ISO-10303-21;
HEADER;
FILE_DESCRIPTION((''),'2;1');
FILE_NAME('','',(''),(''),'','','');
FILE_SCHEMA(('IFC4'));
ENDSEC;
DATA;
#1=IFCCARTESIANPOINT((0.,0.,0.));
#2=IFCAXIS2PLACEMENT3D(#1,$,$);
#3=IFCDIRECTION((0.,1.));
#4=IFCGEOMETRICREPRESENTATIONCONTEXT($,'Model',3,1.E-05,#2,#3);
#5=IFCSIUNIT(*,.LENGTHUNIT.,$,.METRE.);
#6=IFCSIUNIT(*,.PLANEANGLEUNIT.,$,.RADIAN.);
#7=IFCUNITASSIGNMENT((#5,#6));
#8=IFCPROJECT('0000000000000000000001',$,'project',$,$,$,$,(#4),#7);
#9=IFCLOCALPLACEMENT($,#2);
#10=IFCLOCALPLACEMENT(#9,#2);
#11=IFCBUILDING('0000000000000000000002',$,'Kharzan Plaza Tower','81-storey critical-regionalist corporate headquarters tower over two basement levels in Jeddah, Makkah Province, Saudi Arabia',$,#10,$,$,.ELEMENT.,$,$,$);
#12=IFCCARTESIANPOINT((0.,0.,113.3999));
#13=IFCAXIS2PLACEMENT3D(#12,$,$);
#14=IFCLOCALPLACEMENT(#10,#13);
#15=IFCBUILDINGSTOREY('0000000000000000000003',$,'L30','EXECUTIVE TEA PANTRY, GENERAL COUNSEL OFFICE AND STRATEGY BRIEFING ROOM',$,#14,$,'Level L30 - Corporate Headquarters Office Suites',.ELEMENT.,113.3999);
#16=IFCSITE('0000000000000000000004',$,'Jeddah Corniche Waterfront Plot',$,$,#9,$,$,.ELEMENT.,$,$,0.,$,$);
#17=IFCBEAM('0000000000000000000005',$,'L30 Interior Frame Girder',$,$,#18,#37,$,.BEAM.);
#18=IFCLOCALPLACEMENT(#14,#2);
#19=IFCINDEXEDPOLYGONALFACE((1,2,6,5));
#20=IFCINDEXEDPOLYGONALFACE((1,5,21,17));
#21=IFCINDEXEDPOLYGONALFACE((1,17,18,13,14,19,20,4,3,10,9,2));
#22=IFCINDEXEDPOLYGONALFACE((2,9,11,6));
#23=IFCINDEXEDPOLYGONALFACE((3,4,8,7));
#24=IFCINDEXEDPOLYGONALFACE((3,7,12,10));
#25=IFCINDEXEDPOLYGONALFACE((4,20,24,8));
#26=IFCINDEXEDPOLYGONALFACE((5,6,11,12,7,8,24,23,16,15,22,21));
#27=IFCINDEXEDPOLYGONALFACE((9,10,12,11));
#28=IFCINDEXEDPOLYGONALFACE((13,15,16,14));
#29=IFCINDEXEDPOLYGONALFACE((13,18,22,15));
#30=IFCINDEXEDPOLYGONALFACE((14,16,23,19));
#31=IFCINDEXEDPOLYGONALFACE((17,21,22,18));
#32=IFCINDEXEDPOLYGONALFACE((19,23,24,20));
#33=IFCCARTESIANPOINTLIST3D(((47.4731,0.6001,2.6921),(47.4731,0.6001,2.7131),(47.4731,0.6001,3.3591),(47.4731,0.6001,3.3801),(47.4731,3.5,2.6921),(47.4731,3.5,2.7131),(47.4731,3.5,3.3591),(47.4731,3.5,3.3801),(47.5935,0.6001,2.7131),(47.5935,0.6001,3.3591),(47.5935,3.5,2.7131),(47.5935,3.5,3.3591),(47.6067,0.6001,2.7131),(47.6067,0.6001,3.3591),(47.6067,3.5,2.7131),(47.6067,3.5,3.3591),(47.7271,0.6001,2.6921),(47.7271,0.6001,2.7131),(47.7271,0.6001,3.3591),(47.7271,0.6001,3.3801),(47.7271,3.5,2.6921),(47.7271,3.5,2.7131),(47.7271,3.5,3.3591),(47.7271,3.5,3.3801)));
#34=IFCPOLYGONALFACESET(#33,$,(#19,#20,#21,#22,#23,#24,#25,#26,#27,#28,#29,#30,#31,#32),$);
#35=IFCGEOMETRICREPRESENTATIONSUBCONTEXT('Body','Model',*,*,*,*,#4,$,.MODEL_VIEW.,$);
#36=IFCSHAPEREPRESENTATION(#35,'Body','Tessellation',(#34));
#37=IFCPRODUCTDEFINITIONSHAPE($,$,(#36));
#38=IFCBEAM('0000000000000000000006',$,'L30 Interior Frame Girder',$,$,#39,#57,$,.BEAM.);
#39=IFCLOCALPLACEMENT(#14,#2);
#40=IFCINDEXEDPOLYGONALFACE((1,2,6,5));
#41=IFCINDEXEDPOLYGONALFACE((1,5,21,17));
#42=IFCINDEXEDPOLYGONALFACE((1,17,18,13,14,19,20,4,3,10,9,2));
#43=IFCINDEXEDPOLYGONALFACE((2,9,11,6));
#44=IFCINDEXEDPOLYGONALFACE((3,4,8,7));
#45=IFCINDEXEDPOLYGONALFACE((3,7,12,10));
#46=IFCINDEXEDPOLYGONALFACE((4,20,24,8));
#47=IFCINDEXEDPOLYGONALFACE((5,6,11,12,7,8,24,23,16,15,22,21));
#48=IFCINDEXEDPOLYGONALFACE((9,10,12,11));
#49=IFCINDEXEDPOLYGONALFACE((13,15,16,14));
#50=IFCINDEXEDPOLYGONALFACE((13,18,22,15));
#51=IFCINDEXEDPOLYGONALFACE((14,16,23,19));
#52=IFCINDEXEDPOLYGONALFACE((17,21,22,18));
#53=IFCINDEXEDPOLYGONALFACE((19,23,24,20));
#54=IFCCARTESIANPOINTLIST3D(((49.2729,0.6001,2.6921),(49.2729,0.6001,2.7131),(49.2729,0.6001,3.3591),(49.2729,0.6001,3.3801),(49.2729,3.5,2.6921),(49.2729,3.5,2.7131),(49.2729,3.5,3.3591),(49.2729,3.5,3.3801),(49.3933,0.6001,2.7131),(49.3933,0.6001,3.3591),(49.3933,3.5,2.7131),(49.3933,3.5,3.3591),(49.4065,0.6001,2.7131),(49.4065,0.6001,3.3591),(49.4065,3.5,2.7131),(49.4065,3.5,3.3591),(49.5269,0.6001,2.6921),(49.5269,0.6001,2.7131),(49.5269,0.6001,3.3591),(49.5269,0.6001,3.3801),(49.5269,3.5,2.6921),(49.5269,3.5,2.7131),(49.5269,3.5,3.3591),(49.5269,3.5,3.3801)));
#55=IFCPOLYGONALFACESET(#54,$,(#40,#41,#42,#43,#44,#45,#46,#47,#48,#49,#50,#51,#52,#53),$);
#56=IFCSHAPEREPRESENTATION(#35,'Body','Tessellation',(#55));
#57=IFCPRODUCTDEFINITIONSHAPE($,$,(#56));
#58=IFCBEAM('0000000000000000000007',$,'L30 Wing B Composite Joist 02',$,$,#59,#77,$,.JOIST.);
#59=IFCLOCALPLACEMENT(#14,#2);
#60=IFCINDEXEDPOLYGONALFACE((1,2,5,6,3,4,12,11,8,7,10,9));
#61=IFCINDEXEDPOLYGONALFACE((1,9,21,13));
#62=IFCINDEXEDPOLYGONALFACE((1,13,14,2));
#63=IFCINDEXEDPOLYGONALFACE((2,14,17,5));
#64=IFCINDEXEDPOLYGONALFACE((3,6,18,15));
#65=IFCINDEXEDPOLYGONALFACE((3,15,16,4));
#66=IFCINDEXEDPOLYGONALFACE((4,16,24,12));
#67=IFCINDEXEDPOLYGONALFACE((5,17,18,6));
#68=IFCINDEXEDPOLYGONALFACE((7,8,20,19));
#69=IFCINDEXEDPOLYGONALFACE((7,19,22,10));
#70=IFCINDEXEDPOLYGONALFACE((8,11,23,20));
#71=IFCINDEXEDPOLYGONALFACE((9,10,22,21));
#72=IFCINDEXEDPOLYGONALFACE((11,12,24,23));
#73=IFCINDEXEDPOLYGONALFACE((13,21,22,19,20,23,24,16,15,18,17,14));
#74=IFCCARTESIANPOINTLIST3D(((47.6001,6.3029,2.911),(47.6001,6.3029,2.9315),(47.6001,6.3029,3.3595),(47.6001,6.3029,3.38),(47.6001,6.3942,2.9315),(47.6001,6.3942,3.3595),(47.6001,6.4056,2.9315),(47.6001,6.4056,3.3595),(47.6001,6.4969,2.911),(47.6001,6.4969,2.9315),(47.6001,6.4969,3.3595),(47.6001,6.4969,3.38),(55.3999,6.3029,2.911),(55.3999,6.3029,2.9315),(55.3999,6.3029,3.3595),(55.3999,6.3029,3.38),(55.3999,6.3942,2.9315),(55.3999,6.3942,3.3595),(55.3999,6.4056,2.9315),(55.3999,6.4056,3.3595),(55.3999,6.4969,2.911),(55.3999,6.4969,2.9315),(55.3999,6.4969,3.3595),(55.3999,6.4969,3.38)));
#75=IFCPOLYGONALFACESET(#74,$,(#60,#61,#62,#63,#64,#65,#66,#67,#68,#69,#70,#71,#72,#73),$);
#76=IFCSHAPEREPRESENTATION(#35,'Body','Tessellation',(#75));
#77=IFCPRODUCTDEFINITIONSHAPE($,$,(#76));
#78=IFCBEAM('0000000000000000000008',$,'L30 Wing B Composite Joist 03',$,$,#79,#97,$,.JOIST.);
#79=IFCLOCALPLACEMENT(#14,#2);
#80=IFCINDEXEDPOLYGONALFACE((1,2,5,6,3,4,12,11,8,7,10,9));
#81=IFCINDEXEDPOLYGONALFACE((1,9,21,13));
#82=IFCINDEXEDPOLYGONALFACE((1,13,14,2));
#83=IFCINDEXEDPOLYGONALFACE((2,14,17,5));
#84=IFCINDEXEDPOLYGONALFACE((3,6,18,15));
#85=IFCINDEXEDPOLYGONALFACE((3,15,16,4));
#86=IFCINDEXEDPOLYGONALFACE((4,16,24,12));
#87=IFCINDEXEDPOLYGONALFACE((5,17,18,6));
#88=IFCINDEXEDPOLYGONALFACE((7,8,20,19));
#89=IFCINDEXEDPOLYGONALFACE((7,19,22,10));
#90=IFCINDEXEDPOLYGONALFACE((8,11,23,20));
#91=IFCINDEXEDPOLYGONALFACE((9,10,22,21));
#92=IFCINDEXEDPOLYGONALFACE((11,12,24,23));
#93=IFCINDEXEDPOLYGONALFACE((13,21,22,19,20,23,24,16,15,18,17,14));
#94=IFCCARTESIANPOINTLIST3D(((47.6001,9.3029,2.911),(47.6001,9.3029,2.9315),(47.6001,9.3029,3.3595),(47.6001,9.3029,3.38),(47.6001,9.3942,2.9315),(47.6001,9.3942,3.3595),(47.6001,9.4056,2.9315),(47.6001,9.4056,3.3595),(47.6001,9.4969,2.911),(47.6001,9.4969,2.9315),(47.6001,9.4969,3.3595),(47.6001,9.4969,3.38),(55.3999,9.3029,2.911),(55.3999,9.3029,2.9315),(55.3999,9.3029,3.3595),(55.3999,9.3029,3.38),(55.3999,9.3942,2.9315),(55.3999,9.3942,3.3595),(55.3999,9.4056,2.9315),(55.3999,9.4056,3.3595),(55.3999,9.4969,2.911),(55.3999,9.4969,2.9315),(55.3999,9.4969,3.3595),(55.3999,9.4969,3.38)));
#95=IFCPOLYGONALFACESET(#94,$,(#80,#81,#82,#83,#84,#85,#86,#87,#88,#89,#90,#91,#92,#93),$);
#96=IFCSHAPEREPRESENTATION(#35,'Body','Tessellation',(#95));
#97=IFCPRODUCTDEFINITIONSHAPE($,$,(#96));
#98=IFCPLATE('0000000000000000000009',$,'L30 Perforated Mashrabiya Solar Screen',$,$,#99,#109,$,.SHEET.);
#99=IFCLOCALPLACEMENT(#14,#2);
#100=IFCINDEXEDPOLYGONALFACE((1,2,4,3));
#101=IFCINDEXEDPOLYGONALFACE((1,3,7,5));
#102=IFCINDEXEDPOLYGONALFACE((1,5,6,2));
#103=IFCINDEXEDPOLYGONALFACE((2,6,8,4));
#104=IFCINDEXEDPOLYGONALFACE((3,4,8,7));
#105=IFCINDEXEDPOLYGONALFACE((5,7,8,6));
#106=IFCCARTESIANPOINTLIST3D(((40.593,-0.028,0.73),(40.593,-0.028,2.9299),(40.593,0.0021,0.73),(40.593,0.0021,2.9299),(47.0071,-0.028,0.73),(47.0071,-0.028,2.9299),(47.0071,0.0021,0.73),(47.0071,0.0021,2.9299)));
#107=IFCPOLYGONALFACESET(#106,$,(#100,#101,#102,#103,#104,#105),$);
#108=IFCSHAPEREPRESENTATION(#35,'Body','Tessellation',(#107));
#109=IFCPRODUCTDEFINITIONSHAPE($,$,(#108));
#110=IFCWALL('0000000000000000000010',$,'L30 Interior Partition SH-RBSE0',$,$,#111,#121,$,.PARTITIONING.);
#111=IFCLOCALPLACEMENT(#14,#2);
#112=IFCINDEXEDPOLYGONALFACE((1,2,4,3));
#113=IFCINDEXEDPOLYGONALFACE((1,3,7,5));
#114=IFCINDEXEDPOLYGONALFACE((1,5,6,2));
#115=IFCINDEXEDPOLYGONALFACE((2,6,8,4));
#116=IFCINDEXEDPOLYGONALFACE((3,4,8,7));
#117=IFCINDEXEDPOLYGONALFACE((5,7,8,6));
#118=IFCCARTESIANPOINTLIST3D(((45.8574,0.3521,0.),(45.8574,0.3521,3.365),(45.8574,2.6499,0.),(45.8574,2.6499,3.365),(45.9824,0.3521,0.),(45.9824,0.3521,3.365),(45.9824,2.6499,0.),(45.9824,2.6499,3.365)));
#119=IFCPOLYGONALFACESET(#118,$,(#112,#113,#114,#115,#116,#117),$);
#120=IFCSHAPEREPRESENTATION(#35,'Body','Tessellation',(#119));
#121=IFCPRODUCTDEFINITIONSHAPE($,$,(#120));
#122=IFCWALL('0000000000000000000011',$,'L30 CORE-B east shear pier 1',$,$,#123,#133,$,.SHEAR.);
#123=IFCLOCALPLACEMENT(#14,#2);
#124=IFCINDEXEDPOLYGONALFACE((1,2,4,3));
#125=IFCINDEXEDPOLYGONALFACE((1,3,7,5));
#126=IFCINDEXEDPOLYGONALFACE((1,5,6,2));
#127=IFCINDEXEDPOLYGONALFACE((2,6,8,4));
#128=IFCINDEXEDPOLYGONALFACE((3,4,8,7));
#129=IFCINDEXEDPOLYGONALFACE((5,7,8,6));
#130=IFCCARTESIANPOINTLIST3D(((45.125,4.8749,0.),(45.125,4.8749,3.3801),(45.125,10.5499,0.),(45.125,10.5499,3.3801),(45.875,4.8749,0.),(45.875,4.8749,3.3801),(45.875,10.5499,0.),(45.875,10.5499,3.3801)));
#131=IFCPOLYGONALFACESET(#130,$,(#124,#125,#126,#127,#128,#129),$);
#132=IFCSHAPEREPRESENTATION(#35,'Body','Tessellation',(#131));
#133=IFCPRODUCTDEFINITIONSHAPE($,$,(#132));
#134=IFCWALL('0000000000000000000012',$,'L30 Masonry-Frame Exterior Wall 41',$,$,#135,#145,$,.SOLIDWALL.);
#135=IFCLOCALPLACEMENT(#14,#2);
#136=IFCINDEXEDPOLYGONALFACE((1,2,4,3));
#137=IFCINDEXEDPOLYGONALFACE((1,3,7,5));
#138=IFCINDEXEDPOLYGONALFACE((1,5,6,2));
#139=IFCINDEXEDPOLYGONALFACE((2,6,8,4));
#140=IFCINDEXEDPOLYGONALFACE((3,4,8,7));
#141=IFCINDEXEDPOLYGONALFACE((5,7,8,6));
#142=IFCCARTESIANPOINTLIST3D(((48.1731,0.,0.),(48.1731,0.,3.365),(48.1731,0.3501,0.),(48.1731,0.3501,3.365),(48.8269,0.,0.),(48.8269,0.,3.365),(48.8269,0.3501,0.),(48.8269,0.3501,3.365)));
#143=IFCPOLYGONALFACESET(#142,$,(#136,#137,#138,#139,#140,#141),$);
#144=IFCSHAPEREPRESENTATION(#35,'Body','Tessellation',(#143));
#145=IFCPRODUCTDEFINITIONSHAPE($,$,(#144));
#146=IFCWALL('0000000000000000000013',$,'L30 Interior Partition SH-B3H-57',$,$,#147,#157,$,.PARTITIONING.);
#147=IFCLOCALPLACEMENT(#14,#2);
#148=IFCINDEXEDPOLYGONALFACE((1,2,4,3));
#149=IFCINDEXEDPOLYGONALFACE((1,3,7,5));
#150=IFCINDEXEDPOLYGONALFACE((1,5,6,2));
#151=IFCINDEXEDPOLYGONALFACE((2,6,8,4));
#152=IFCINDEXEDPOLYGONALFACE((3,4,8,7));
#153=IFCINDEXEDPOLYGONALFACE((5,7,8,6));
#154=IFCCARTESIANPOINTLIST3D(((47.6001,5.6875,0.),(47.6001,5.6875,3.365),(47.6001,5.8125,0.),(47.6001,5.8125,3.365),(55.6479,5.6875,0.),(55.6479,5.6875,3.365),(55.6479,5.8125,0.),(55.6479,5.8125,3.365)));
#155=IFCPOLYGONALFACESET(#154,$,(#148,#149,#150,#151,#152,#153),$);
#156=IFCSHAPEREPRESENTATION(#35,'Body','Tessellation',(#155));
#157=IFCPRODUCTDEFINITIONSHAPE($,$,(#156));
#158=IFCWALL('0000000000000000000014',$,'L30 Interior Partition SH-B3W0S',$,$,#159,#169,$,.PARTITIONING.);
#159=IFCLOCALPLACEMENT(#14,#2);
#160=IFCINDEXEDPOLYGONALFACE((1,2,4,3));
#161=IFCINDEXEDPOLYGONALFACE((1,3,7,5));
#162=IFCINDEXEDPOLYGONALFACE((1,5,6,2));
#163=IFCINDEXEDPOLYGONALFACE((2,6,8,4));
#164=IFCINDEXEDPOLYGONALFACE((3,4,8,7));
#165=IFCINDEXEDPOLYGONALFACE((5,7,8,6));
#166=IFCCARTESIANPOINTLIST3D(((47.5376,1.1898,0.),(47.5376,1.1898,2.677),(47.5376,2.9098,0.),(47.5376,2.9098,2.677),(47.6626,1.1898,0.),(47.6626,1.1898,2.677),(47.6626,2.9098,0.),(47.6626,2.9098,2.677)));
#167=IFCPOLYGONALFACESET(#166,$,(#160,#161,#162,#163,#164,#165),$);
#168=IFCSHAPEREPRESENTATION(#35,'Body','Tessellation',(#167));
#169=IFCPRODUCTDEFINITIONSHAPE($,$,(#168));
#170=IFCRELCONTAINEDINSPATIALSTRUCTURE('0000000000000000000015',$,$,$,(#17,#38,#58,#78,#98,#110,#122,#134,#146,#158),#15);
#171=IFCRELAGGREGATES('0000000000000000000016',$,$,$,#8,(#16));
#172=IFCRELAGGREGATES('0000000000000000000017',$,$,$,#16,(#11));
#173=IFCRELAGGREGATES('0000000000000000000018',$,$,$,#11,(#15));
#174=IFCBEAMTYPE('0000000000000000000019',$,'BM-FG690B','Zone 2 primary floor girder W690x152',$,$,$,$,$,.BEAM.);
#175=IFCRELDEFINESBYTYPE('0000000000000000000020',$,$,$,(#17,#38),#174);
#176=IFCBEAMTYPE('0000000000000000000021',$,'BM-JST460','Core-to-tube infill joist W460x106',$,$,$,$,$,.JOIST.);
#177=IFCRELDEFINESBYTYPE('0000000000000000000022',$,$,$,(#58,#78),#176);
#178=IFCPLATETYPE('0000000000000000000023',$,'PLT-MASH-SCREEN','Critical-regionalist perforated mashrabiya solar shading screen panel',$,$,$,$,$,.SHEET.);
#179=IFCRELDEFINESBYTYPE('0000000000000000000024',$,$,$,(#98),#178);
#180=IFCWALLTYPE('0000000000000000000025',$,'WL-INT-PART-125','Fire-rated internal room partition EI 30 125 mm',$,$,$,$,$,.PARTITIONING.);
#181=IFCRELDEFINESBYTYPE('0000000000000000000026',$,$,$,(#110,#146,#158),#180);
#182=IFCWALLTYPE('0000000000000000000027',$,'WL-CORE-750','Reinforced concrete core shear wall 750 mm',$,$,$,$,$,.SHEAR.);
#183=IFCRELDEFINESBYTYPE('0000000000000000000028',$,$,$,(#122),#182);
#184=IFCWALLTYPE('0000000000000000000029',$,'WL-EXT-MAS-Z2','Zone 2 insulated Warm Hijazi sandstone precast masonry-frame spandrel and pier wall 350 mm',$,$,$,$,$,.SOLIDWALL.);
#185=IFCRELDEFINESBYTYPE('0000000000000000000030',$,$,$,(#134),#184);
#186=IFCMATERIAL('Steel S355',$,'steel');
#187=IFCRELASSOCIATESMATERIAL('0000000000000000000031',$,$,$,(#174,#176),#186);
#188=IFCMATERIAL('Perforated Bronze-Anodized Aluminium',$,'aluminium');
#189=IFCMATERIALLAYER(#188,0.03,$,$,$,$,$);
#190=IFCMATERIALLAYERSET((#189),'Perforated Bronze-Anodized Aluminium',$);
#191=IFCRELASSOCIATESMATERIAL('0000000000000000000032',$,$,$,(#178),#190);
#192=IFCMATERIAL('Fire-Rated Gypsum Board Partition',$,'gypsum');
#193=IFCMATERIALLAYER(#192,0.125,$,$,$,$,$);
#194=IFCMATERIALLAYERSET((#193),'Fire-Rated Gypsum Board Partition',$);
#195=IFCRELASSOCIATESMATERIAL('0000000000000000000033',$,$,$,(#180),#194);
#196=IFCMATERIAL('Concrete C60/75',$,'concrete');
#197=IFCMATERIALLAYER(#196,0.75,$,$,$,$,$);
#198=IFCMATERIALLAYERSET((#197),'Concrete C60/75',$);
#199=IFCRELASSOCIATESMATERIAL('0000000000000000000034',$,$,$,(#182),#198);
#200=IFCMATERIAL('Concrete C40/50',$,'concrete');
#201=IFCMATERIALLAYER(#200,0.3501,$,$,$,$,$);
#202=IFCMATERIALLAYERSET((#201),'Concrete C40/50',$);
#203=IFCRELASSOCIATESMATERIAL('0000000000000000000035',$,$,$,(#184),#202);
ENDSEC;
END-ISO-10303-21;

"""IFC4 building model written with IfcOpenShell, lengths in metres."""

from ifc_helpers import new_model, si_unit, direction, frame, frame_2d, origin, origin_2d, place, context, subcontext, project, spatial, rectangle, i_section, extrude, source, transform, mapped, material, layer, layer_set, material_profile, profile_set, type_object, element, save


model = new_model("IFC4")

# Units and contexts
model_context = context("Model", 3, precision=1e-05, world=origin(), true_north=direction((0.0, 1.0)))
body_context = subcontext(model_context, "Body", "Model", "MODEL_VIEW")
ifc_project = project(units=[si_unit("LENGTHUNIT", "METRE"), si_unit("PLANEANGLEUNIT", "RADIAN")], contexts=[model_context])

# Site, building, storey
site_placement = place(None, origin())
site = spatial("IfcSite", under=ifc_project, at=site_placement, Name="Jeddah Corniche Waterfront Plot", CompositionType="ELEMENT", RefElevation=0.0)
building_placement = place(site_placement, origin())
building = spatial("IfcBuilding", under=site, at=building_placement, Name="Kharzan Plaza Tower", Description="81-storey critical-regionalist corporate headquarters tower over two basement levels in Jeddah, Makkah Province, Saudi Arabia", CompositionType="ELEMENT")
storey_placement = place(building_placement, frame((0.0, 0.0, 113.3999)))
storey = spatial("IfcBuildingStorey", under=building, at=storey_placement, Name="L30", Description="EXECUTIVE TEA PANTRY, GENERAL COUNSEL OFFICE AND STRATEGY BRIEFING ROOM", LongName="Level L30 - Corporate Headquarters Office Suites", CompositionType="ELEMENT", Elevation=113.3999)

# Shared definitions
ifc_material_1 = material(Name="Concrete C60/75", Category="concrete")

# Beams
ifc_material_2 = material(Name="Steel S355", Category="steel")
ifc_material_profile_1 = material_profile(ifc_material_2, i_section(OverallWidth=0.2539, OverallDepth=0.688, WebThickness=0.0132, FlangeThickness=0.021, at=origin_2d()), Name="W690x152")
ifc_profile_set_1 = profile_set([ifc_material_profile_1], Name="Steel S355")
beam_type_1 = type_object("IfcBeamType", Name="BM-FG690B", Description="Zone 2 primary floor girder W690x152", PredefinedType="BEAM", material=ifc_profile_set_1)
shared_shape_1 = source(origin(), body_context, "Body", "SweptSolid", [
    extrude(i_section(OverallWidth=0.2539, OverallDepth=0.688, WebThickness=0.0132, FlangeThickness=0.021, at=origin_2d()), origin(), (0.0, 0.0, 1.0), 2.8999),
])
for number, where, z_axis, x_axis, name in (
    (1, (47.6001, 0.6001, 3.0361), (0.0, 1.0, 0.0), (-1.0, 0.0, 0.0), "L30 Interior Frame Girder"),
    (2, (49.3999, 0.6001, 3.0361), (0.0, 1.0, 0.0), (-1.0, 0.0, 0.0), "L30 Interior Frame Girder"),
):
    element("IfcBeam", number, at=place(storey_placement, frame(where, z_axis=z_axis, x_axis=x_axis)), inside=storey, type_object=beam_type_1, Name=name, PredefinedType="BEAM", context=body_context, shape_type="MappedRepresentation", body=[
        mapped(shared_shape_1, transform((0.0, 0.0, 0.0), x_axis=(1.0, 0.0, 0.0), y_axis=(0.0, 1.0, 0.0), z_axis=(0.0, 0.0, 1.0))),
    ])
ifc_material_profile_2 = material_profile(ifc_material_2, i_section(OverallWidth=0.1941, OverallDepth=0.469, WebThickness=0.0115, FlangeThickness=0.0205, at=origin_2d()), Name="W460x106")
ifc_profile_set_2 = profile_set([ifc_material_profile_2], Name="Steel S355")
beam_type_2 = type_object("IfcBeamType", Name="BM-JST460", Description="Core-to-tube infill joist W460x106", PredefinedType="JOIST", material=ifc_profile_set_2)
shared_shape_2 = source(origin(), body_context, "Body", "SweptSolid", [
    extrude(i_section(OverallWidth=0.1941, OverallDepth=0.469, WebThickness=0.0115, FlangeThickness=0.0205, at=origin_2d()), origin(), (0.0, 0.0, 1.0), 7.7998),
])
for number, where, z_axis, x_axis, name in (
    (3, (47.6001, 6.3999, 3.1455), (1.0, 0.0, 0.0), (0.0, 1.0, 0.0), "L30 Wing B Composite Joist 02"),
    (4, (47.6001, 9.3999, 3.1455), (1.0, 0.0, 0.0), (0.0, 1.0, 0.0), "L30 Wing B Composite Joist 03"),
):
    element("IfcBeam", number, at=place(storey_placement, frame(where, z_axis=z_axis, x_axis=x_axis)), inside=storey, type_object=beam_type_2, Name=name, PredefinedType="JOIST", context=body_context, shape_type="MappedRepresentation", body=[
        mapped(shared_shape_2, transform((0.0, 0.0, 0.0), x_axis=(1.0, 0.0, 0.0), y_axis=(0.0, 1.0, 0.0), z_axis=(0.0, 0.0, 1.0))),
    ])

# Plate
ifc_material_3 = material(Name="Perforated Bronze-Anodized Aluminium", Category="aluminium")
ifc_layer_1 = layer(ifc_material_3, 0.03)
ifc_layer_set_1 = layer_set([ifc_layer_1], Name="Perforated Bronze-Anodized Aluminium")
plate_type = type_object("IfcPlateType", Name="PLT-MASH-SCREEN", Description="Critical-regionalist perforated mashrabiya solar shading screen panel", PredefinedType="SHEET", material=ifc_layer_set_1)
shared_shape_3 = source(origin(), body_context, "Body", "SweptSolid", [
    extrude(rectangle(XDim=6.4141, YDim=0.03, at=origin_2d()), origin(), (0.0, 0.0, 1.0), 2.2),
])
plate_placement = place(storey_placement, frame((43.8, -0.0129, 0.73), z_axis=(0.0, 0.0, 1.0), x_axis=(1.0, 0.0, 0.0)))
element("IfcPlate", 5, at=plate_placement, inside=storey, type_object=plate_type, Name="L30 Perforated Mashrabiya Solar Screen", PredefinedType="SHEET", context=body_context, shape_type="MappedRepresentation", body=[
    mapped(shared_shape_3, transform((0.0, 0.0, 0.0), x_axis=(1.0, 0.0, 0.0), y_axis=(0.0, 1.0, 0.0), z_axis=(0.0, 0.0, 1.0))),
])

# Shared definitions
ifc_material_4 = material(Name="Fire-Rated Gypsum Board Partition", Category="gypsum")
ifc_layer_2 = layer(ifc_material_4, 0.125)
ifc_layer_set_2 = layer_set([ifc_layer_2], Name="Fire-Rated Gypsum Board Partition")
wall_type_1 = type_object("IfcWallType", Name="WL-INT-PART-125", Description="Fire-rated internal room partition EI 30 125 mm", PredefinedType="PARTITIONING", material=ifc_layer_set_2)

# Walls
shared_shape_4 = source(origin(), body_context, "Body", "SweptSolid", [
    extrude(rectangle(XDim=2.2979, YDim=0.125, at=frame_2d((1.1489, 0.0))), origin(), (0.0, 0.0, 1.0), 3.365),
])
wall_1_placement = place(storey_placement, frame((45.9199, 0.3521, 0.0), z_axis=(0.0, 0.0, 1.0), x_axis=(0.0, 1.0, 0.0)))
element("IfcWall", 6, at=wall_1_placement, inside=storey, type_object=wall_type_1, Name="L30 Interior Partition SH-RBSE0", PredefinedType="PARTITIONING", context=body_context, shape_type="MappedRepresentation", body=[
    mapped(shared_shape_4, transform((0.0, 0.0, 0.0), x_axis=(1.0, 0.0, 0.0), y_axis=(0.0, 1.0, 0.0), z_axis=(0.0, 0.0, 1.0))),
])
ifc_layer_3 = layer(ifc_material_1, 0.75)
ifc_layer_set_3 = layer_set([ifc_layer_3], Name="Concrete C60/75")
wall_type_2 = type_object("IfcWallType", Name="WL-CORE-750", Description="Reinforced concrete core shear wall 750 mm", PredefinedType="SHEAR", material=ifc_layer_set_3)
shared_shape_5 = source(origin(), body_context, "Body", "SweptSolid", [
    extrude(rectangle(XDim=5.675, YDim=0.75, at=frame_2d((2.8374, 0.0))), origin(), (0.0, 0.0, 1.0), 3.3801),
])
wall_2_placement = place(storey_placement, frame((45.5, 4.875, 0.0), z_axis=(0.0, 0.0, 1.0), x_axis=(0.0, 1.0, 0.0)))
element("IfcWall", 7, at=wall_2_placement, inside=storey, type_object=wall_type_2, Name="L30 CORE-B east shear pier 1", PredefinedType="SHEAR", context=body_context, shape_type="MappedRepresentation", body=[
    mapped(shared_shape_5, transform((0.0, 0.0, 0.0), x_axis=(1.0, 0.0, 0.0), y_axis=(0.0, 1.0, 0.0), z_axis=(0.0, 0.0, 1.0))),
])
ifc_material_5 = material(Name="Concrete C40/50", Category="concrete")
ifc_layer_4 = layer(ifc_material_5, 0.3501)
ifc_layer_set_4 = layer_set([ifc_layer_4], Name="Concrete C40/50")
wall_type_3 = type_object("IfcWallType", Name="WL-EXT-MAS-Z2", Description="Zone 2 insulated Warm Hijazi sandstone precast masonry-frame spandrel and pier wall 350 mm", PredefinedType="SOLIDWALL", material=ifc_layer_set_4)
shared_shape_6 = source(origin(), body_context, "Body", "SweptSolid", [
    extrude(rectangle(XDim=0.6538, YDim=0.3501, at=frame_2d((0.3269, 0.0))), origin(), (0.0, 0.0, 1.0), 3.365),
])
wall_3_placement = place(storey_placement, frame((48.1731, 0.175, 0.0), z_axis=(0.0, 0.0, 1.0), x_axis=(1.0, 0.0, 0.0)))
element("IfcWall", 8, at=wall_3_placement, inside=storey, type_object=wall_type_3, Name="L30 Masonry-Frame Exterior Wall 41", PredefinedType="SOLIDWALL", context=body_context, shape_type="MappedRepresentation", body=[
    mapped(shared_shape_6, transform((0.0, 0.0, 0.0), x_axis=(1.0, 0.0, 0.0), y_axis=(0.0, 1.0, 0.0), z_axis=(0.0, 0.0, 1.0))),
])
shared_shape_7 = source(origin(), body_context, "Body", "SweptSolid", [
    extrude(rectangle(XDim=8.0479, YDim=0.125, at=frame_2d((4.0239, 0.0))), origin(), (0.0, 0.0, 1.0), 3.365),
])
wall_4_placement = place(storey_placement, frame((47.6001, 5.75, 0.0), z_axis=(0.0, 0.0, 1.0), x_axis=(1.0, 0.0, 0.0)))
element("IfcWall", 9, at=wall_4_placement, inside=storey, type_object=wall_type_1, Name="L30 Interior Partition SH-B3H-57", PredefinedType="PARTITIONING", context=body_context, shape_type="MappedRepresentation", body=[
    mapped(shared_shape_7, transform((0.0, 0.0, 0.0), x_axis=(1.0, 0.0, 0.0), y_axis=(0.0, 1.0, 0.0), z_axis=(0.0, 0.0, 1.0))),
])
shared_shape_8 = source(origin(), body_context, "Body", "SweptSolid", [
    extrude(rectangle(XDim=1.72, YDim=0.125, at=frame_2d((0.8599, 0.0))), origin(), (0.0, 0.0, 1.0), 2.677),
])
wall_5_placement = place(storey_placement, frame((47.6001, 1.1899, 0.0), z_axis=(0.0, 0.0, 1.0), x_axis=(0.0, 1.0, 0.0)))
element("IfcWall", 10, at=wall_5_placement, inside=storey, type_object=wall_type_1, Name="L30 Interior Partition SH-B3W0S", PredefinedType="PARTITIONING", context=body_context, shape_type="MappedRepresentation", body=[
    mapped(shared_shape_8, transform((0.0, 0.0, 0.0), x_axis=(1.0, 0.0, 0.0), y_axis=(0.0, 1.0, 0.0), z_axis=(0.0, 0.0, 1.0))),
])

save(model, "model.ifc")
